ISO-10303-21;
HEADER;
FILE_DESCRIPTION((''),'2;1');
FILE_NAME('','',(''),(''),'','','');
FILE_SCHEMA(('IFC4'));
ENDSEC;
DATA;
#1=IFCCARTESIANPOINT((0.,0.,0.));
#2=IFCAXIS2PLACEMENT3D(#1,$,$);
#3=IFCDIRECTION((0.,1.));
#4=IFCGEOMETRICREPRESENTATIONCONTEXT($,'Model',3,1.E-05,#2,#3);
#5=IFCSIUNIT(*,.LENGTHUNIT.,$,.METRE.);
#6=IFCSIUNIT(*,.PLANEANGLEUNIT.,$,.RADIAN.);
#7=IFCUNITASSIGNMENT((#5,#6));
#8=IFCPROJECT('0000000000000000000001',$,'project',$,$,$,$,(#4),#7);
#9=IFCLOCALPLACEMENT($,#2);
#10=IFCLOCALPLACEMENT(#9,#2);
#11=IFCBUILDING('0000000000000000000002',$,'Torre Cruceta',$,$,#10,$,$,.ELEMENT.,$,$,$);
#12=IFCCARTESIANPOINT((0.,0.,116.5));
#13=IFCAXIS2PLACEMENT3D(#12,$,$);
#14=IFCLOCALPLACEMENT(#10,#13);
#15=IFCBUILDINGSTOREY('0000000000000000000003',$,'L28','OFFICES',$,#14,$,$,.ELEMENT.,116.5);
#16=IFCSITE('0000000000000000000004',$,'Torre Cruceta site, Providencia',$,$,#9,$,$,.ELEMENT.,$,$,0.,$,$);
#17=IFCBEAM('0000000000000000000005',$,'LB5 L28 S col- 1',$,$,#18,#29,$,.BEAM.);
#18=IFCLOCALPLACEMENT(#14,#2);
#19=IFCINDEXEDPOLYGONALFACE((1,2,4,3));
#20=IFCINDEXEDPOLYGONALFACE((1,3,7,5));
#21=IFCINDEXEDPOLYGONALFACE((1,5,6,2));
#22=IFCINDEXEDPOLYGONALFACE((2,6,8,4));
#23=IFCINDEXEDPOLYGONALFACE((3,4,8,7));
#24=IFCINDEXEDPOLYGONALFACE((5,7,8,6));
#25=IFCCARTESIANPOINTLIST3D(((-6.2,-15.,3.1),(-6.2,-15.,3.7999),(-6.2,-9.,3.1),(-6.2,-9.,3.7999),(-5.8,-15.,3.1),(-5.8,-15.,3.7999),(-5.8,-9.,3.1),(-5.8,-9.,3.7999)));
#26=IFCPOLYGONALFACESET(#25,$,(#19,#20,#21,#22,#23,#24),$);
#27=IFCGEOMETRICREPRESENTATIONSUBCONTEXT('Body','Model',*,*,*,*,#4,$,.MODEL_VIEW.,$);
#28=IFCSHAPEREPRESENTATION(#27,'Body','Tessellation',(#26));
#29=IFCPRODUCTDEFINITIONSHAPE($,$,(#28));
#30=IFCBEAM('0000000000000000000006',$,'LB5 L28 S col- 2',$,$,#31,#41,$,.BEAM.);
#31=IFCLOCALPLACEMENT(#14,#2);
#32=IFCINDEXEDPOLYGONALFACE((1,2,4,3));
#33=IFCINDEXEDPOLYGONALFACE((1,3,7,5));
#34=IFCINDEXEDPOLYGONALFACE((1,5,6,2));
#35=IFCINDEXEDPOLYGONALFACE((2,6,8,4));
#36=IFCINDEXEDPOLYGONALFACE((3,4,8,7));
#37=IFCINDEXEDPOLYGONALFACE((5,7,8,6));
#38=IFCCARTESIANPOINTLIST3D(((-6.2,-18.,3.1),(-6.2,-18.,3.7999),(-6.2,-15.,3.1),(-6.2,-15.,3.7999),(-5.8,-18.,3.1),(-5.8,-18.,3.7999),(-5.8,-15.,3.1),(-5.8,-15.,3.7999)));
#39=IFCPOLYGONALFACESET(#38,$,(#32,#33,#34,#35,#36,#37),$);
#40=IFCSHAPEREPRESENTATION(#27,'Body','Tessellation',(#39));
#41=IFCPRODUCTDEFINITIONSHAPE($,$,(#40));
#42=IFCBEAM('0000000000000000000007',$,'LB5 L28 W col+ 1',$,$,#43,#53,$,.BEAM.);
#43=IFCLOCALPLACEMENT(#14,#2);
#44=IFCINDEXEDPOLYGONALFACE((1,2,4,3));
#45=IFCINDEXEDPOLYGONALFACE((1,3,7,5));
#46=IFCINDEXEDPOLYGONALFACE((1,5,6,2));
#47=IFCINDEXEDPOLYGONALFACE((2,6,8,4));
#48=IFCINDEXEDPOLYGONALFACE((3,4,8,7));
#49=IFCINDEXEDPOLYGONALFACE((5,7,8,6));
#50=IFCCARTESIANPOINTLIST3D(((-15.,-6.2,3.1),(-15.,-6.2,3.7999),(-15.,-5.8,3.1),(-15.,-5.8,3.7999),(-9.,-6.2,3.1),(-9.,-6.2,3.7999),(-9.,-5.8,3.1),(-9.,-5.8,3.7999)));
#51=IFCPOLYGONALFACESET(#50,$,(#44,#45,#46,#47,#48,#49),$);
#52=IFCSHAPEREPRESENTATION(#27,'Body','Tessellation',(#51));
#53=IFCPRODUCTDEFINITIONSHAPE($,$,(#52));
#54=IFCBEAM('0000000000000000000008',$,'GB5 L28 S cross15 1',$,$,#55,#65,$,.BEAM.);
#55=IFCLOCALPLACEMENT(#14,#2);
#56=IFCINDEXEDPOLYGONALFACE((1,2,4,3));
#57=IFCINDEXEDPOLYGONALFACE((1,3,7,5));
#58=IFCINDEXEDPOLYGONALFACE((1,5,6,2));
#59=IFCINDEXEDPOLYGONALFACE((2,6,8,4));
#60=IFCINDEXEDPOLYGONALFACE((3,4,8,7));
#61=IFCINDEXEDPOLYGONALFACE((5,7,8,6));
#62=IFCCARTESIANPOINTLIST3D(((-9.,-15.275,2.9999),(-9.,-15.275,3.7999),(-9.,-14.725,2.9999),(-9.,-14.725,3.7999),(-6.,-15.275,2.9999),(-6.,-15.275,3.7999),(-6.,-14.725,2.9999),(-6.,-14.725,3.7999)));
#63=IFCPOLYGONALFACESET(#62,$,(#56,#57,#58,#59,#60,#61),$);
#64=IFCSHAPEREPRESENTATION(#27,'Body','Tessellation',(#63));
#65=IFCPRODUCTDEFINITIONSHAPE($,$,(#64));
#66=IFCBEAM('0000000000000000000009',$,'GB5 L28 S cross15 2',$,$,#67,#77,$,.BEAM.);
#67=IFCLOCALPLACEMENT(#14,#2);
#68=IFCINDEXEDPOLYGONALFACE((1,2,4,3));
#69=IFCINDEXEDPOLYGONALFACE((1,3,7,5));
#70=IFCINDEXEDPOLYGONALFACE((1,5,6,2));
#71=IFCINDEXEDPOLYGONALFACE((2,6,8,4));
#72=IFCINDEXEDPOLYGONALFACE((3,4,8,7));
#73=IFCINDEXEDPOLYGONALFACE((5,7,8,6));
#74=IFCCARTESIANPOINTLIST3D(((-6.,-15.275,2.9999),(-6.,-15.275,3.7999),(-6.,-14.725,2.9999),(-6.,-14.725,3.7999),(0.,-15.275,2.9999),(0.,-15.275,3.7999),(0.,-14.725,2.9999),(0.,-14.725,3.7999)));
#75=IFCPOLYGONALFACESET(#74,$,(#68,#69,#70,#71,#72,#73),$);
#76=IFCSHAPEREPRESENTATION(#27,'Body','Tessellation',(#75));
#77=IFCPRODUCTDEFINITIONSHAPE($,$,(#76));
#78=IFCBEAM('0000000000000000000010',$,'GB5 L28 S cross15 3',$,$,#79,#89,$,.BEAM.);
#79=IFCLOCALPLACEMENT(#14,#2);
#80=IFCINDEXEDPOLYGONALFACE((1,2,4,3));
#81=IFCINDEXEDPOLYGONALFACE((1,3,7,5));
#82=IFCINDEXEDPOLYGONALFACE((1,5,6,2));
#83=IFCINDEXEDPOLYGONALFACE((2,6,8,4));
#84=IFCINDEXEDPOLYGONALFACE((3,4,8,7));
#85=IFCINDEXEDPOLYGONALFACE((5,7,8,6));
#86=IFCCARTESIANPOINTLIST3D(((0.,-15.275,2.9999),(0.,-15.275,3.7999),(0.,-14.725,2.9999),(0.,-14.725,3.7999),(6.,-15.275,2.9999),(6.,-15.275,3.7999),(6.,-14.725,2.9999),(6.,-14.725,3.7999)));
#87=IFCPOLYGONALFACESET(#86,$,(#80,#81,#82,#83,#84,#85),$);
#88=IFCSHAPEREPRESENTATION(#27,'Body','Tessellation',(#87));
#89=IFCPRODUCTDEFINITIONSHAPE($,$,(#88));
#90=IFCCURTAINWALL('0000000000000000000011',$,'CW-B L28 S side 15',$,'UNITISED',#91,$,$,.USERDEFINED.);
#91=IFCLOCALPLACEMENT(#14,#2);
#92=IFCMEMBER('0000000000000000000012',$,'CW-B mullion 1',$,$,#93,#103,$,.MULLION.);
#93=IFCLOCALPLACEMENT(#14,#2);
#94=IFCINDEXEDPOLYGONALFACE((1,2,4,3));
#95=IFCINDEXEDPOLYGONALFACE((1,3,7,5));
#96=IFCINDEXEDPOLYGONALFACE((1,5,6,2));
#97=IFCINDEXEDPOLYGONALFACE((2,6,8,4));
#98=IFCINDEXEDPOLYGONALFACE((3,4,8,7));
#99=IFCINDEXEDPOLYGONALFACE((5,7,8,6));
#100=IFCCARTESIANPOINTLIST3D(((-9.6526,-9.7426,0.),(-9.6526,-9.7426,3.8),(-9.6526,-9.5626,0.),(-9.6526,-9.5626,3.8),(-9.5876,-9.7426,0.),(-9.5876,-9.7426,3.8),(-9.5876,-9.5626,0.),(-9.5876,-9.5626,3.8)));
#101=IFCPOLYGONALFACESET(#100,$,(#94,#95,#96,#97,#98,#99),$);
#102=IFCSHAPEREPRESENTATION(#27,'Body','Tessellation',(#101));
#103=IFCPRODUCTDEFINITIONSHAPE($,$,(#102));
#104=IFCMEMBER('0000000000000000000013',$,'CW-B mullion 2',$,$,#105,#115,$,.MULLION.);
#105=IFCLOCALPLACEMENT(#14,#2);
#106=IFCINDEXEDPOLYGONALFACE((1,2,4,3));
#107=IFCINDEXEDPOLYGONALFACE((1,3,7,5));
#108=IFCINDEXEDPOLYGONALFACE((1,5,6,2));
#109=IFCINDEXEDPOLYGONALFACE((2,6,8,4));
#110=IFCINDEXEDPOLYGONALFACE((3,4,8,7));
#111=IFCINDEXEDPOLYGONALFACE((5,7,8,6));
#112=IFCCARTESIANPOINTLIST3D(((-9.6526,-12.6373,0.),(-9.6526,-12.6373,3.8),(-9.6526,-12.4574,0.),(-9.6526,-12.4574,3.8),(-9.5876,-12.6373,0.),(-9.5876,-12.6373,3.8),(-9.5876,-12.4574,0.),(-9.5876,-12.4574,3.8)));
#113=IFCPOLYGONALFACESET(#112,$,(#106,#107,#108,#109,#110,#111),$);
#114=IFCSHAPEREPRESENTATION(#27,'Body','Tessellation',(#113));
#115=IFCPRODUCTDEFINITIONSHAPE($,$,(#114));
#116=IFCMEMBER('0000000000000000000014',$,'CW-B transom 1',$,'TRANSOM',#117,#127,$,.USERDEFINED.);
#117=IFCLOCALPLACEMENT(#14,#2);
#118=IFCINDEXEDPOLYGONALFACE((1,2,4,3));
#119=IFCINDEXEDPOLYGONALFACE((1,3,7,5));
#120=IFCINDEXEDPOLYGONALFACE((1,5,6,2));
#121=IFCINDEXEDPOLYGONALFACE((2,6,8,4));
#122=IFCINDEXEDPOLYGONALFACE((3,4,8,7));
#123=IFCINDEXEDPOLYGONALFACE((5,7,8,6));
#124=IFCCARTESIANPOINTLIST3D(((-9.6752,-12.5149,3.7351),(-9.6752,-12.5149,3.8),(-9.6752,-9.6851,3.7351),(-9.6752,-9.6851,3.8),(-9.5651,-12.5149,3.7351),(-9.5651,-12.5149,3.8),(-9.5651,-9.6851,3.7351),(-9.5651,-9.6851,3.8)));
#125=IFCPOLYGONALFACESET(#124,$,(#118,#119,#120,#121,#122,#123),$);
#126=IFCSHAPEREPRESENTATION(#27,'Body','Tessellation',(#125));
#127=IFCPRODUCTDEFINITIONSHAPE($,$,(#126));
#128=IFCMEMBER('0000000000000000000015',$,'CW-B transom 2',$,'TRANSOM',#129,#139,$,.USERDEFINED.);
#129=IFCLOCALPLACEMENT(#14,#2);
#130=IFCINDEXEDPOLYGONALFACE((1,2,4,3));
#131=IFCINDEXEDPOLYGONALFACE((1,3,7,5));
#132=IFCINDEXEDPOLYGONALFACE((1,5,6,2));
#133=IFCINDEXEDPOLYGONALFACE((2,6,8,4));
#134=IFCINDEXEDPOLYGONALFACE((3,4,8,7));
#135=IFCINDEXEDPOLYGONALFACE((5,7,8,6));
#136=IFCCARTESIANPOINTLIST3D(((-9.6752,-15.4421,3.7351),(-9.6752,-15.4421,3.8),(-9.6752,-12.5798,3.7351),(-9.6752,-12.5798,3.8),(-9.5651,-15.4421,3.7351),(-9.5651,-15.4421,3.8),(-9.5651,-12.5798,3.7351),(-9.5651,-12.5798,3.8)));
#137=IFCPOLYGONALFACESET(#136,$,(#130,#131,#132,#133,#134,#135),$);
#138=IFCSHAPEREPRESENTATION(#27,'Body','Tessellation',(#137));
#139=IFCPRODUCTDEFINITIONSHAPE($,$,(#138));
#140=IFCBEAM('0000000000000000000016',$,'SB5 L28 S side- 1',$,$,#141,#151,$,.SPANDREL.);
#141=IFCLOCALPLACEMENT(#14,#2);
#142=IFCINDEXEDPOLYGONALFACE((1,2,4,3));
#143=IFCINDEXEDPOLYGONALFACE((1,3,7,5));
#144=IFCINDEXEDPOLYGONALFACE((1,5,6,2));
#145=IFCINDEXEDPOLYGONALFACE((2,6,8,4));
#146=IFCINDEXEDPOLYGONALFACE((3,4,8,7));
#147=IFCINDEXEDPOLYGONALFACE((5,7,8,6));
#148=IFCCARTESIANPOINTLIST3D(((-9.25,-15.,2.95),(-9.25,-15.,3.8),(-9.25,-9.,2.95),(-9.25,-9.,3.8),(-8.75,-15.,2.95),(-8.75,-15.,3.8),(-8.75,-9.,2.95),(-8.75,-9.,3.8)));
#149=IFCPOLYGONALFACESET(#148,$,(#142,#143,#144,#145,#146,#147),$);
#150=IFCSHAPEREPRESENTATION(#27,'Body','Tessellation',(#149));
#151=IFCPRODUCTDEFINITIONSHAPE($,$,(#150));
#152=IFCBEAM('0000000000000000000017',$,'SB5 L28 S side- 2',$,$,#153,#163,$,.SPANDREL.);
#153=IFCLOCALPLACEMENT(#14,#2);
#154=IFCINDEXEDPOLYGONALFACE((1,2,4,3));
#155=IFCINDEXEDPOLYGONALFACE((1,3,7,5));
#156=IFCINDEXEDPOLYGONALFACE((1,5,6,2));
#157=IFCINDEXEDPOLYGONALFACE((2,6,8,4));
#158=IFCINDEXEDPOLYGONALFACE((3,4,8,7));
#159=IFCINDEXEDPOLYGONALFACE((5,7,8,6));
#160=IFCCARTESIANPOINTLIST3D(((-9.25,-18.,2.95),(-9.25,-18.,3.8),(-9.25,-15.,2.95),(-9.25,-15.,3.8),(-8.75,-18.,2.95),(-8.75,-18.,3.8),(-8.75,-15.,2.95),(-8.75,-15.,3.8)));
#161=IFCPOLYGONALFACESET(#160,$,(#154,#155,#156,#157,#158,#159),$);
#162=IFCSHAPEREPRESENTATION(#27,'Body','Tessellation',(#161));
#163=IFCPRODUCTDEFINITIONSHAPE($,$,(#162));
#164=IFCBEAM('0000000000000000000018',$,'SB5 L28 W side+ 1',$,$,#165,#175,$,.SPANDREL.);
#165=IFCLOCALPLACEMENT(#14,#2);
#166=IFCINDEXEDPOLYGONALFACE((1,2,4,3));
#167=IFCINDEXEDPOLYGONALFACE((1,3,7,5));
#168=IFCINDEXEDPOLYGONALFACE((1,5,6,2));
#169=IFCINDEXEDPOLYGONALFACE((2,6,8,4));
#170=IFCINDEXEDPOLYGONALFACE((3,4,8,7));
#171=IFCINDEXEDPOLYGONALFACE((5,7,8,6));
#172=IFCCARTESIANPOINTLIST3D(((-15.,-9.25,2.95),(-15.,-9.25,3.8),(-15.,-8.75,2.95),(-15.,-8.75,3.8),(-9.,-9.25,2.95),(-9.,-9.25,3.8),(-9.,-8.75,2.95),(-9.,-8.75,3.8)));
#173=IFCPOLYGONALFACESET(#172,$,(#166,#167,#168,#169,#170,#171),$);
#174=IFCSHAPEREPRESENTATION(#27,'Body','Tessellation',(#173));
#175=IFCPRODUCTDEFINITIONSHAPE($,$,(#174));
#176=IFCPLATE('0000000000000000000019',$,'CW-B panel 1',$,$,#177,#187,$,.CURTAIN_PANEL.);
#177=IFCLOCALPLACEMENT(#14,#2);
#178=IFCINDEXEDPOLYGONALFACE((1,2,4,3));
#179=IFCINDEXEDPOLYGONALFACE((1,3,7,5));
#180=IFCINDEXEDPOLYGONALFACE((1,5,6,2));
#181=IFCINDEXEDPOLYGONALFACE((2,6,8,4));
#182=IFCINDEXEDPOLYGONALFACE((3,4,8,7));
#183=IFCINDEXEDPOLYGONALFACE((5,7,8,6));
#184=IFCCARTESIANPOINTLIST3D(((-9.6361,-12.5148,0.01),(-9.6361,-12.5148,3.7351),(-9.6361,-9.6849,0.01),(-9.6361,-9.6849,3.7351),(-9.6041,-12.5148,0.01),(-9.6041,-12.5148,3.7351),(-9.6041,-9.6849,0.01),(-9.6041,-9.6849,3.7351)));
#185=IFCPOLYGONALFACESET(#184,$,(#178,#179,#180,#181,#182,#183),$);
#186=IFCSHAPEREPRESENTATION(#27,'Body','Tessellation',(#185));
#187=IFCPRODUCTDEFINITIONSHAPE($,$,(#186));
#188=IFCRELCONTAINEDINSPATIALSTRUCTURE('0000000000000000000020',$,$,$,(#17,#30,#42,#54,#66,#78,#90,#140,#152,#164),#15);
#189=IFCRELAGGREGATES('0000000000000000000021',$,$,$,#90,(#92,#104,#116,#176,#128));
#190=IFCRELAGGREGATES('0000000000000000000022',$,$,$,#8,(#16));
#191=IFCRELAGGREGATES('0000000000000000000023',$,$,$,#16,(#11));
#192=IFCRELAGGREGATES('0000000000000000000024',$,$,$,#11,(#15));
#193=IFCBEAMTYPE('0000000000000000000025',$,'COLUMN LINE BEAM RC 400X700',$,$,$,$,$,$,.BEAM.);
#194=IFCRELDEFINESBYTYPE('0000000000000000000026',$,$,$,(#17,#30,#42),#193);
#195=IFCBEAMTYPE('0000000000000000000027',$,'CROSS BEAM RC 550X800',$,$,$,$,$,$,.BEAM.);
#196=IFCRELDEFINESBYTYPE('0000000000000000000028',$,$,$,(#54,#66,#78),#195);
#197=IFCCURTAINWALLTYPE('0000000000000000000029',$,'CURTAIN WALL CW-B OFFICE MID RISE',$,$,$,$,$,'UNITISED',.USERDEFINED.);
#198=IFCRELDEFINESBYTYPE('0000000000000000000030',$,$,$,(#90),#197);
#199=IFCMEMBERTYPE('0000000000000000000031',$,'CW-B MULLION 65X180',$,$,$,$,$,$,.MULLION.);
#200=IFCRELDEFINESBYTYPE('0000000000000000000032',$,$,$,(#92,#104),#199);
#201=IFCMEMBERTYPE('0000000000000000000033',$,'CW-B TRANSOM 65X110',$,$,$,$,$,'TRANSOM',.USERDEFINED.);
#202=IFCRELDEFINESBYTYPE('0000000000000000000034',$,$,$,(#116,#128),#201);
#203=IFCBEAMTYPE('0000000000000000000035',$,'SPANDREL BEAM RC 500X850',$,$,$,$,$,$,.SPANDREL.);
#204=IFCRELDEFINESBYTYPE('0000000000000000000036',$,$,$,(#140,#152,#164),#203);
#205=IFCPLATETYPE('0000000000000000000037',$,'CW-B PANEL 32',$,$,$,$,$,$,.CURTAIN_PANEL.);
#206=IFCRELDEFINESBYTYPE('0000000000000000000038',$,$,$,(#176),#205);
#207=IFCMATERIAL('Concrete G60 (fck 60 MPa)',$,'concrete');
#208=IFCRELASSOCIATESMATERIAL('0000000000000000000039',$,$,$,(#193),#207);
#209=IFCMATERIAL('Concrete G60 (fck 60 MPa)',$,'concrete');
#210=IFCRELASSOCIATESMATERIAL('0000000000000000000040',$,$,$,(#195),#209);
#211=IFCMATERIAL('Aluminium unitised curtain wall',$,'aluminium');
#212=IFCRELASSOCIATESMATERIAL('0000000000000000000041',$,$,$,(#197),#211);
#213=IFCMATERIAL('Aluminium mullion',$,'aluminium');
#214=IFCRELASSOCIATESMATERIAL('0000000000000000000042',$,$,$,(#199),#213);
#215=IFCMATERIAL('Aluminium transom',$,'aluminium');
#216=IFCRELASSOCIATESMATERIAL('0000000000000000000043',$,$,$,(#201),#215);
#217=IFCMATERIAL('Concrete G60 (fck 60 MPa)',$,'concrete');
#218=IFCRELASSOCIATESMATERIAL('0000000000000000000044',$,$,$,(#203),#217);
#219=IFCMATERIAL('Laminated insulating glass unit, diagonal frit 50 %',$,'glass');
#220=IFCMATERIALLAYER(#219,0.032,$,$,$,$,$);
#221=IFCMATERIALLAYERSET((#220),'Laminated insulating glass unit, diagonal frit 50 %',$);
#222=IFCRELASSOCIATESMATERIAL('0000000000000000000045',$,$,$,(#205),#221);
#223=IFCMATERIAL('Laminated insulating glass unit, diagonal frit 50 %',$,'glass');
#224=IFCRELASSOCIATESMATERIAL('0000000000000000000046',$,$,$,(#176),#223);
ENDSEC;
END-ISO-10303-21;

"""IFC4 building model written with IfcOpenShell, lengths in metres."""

from ifc_helpers import new_model, si_unit, direction, frame, origin, origin_2d, place, context, subcontext, project, spatial, rectangle, extrude, material, layer, layer_set, material_profile, profile_set, type_object, element, aggregate, save


model = new_model("IFC4")

# Units and contexts
model_context = context("Model", 3, precision=1e-05, world=origin(), true_north=direction((0.0, 1.0)))
body_context = subcontext(model_context, "Body", "Model", "MODEL_VIEW")
ifc_project = project(units=[si_unit("LENGTHUNIT", "METRE"), si_unit("PLANEANGLEUNIT", "RADIAN")], contexts=[model_context])

# Site, building, storey
site_placement = place(None, origin())
site = spatial("IfcSite", under=ifc_project, at=site_placement, Name="Torre Cruceta site, Providencia", CompositionType="ELEMENT", RefElevation=0.0)
building_placement = place(site_placement, origin())
building = spatial("IfcBuilding", under=site, at=building_placement, Name="Torre Cruceta", CompositionType="ELEMENT")
storey_placement = place(building_placement, frame((0.0, 0.0, 116.5)))
storey = spatial("IfcBuildingStorey", under=building, at=storey_placement, Name="L28", Description="OFFICES", CompositionType="ELEMENT", Elevation=116.5)

# Beams
ifc_material_1 = material(Name="Concrete G60 (fck 60 MPa)", Category="concrete")
ifc_material_profile_1 = material_profile(ifc_material_1, rectangle(XDim=0.3999, YDim=0.7, at=origin_2d()), Name="RC 400X700")
ifc_profile_set_1 = profile_set([ifc_material_profile_1], Name="Concrete G60 (fck 60 MPa)")
beam_type_1 = type_object("IfcBeamType", Name="COLUMN LINE BEAM RC 400X700", PredefinedType="BEAM", material=ifc_profile_set_1)
beam_1_placement = place(storey_placement, frame((-6.0, -9.0, 3.45), z_axis=(0.0, -1.0, 0.0), x_axis=(1.0, 0.0, 0.0)))
element("IfcBeam", 1, at=beam_1_placement, inside=storey, type_object=beam_type_1, Name="LB5 L28 S col- 1", PredefinedType="BEAM", context=body_context, shape_type="SweptSolid", body=[
    extrude(rectangle(XDim=0.3999, YDim=0.7, at=origin_2d()), origin(), (0.0, 0.0, 1.0), 6.0),
])
beam_2_placement = place(storey_placement, frame((-6.0, -15.0, 3.45), z_axis=(0.0, -1.0, 0.0), x_axis=(1.0, 0.0, 0.0)))
element("IfcBeam", 2, at=beam_2_placement, inside=storey, type_object=beam_type_1, Name="LB5 L28 S col- 2", PredefinedType="BEAM", context=body_context, shape_type="SweptSolid", body=[
    extrude(rectangle(XDim=0.3999, YDim=0.7, at=origin_2d()), origin(), (0.0, 0.0, 1.0), 3.0),
])
beam_3_placement = place(storey_placement, frame((-9.0, -6.0, 3.45), z_axis=(-1.0, 0.0, 0.0), x_axis=(0.0, -1.0, 0.0)))
element("IfcBeam", 3, at=beam_3_placement, inside=storey, type_object=beam_type_1, Name="LB5 L28 W col+ 1", PredefinedType="BEAM", context=body_context, shape_type="SweptSolid", body=[
    extrude(rectangle(XDim=0.3999, YDim=0.7, at=origin_2d()), origin(), (0.0, 0.0, 1.0), 6.0),
])
ifc_material_2 = material(Name="Concrete G60 (fck 60 MPa)", Category="concrete")
ifc_material_profile_2 = material_profile(ifc_material_2, rectangle(XDim=0.55, YDim=0.8, at=origin_2d()), Name="RC 550X800")
ifc_profile_set_2 = profile_set([ifc_material_profile_2], Name="Concrete G60 (fck 60 MPa)")
beam_type_2 = type_object("IfcBeamType", Name="CROSS BEAM RC 550X800", PredefinedType="BEAM", material=ifc_profile_set_2)
beam_4_placement = place(storey_placement, frame((-9.0, -15.0, 3.3999), z_axis=(1.0, 0.0, 0.0), x_axis=(0.0, 1.0, 0.0)))
element("IfcBeam", 4, at=beam_4_placement, inside=storey, type_object=beam_type_2, Name="GB5 L28 S cross15 1", PredefinedType="BEAM", context=body_context, shape_type="SweptSolid", body=[
    extrude(rectangle(XDim=0.55, YDim=0.8, at=origin_2d()), origin(), (0.0, 0.0, 1.0), 3.0),
])
for number, where, z_axis, x_axis, name in (
    (5, (-6.0, -15.0, 3.3999), (1.0, 0.0, 0.0), (0.0, 1.0, 0.0), "GB5 L28 S cross15 2"),
    (6, (0.0, -15.0, 3.3999), (1.0, 0.0, 0.0), (0.0, 1.0, 0.0), "GB5 L28 S cross15 3"),
):
    element("IfcBeam", number, at=place(storey_placement, frame(where, z_axis=z_axis, x_axis=x_axis)), inside=storey, type_object=beam_type_2, Name=name, PredefinedType="BEAM", context=body_context, shape_type="SweptSolid", body=[
        extrude(rectangle(XDim=0.55, YDim=0.8, at=origin_2d()), origin(), (0.0, 0.0, 1.0), 6.0),
    ])

# Curtain wall, members
ifc_material_3 = material(Name="Aluminium unitised curtain wall", Category="aluminium")
curtain_wall_type = type_object("IfcCurtainWallType", Name="CURTAIN WALL CW-B OFFICE MID RISE", ElementType="UNITISED", PredefinedType="USERDEFINED", material=ifc_material_3)
curtain_wall_placement = place(storey_placement, origin())
curtain_wall = element("IfcCurtainWall", 7, at=curtain_wall_placement, inside=storey, type_object=curtain_wall_type, Name="CW-B L28 S side 15", ObjectType="UNITISED", PredefinedType="USERDEFINED")
ifc_material_4 = material(Name="Aluminium mullion", Category="aluminium")
ifc_material_profile_3 = material_profile(ifc_material_4, rectangle(XDim=0.0649, YDim=0.1799, at=origin_2d()), Name="AL 65X180")
ifc_profile_set_3 = profile_set([ifc_material_profile_3], Name="Aluminium mullion")
member_type_1 = type_object("IfcMemberType", Name="CW-B MULLION 65X180", PredefinedType="MULLION", material=ifc_profile_set_3)
member_1_placement = place(storey_placement, frame((-9.6201, -9.6526, 0.0), z_axis=(0.0, 0.0, 1.0), x_axis=(1.0, 0.0, 0.0)))
member_1 = element("IfcMember", 8, at=member_1_placement, type_object=member_type_1, Name="CW-B mullion 1", PredefinedType="MULLION", context=body_context, shape_type="SweptSolid", body=[
    extrude(rectangle(XDim=0.0649, YDim=0.1799, at=origin_2d()), origin(), (0.0, 0.0, 1.0), 3.8),
])
member_2_placement = place(storey_placement, frame((-9.6201, -12.5474, 0.0), z_axis=(0.0, 0.0, 1.0), x_axis=(1.0, 0.0, 0.0)))
member_2 = element("IfcMember", 9, at=member_2_placement, type_object=member_type_1, Name="CW-B mullion 2", PredefinedType="MULLION", context=body_context, shape_type="SweptSolid", body=[
    extrude(rectangle(XDim=0.0649, YDim=0.1799, at=origin_2d()), origin(), (0.0, 0.0, 1.0), 3.8),
])
ifc_material_5 = material(Name="Aluminium transom", Category="aluminium")
ifc_material_profile_4 = material_profile(ifc_material_5, rectangle(XDim=0.1101, YDim=0.0649, at=origin_2d()), Name="AL 110X65")
ifc_profile_set_4 = profile_set([ifc_material_profile_4], Name="Aluminium transom")
member_type_2 = type_object("IfcMemberType", Name="CW-B TRANSOM 65X110", ElementType="TRANSOM", PredefinedType="USERDEFINED", material=ifc_profile_set_4)
member_3_placement = place(storey_placement, frame((-9.6201, -9.6851, 3.7676), z_axis=(0.0, -1.0, 0.0), x_axis=(1.0, 0.0, 0.0)))
member_3 = element("IfcMember", 10, at=member_3_placement, type_object=member_type_2, Name="CW-B transom 1", ObjectType="TRANSOM", PredefinedType="USERDEFINED", context=body_context, shape_type="SweptSolid", body=[
    extrude(rectangle(XDim=0.1101, YDim=0.0649, at=origin_2d()), origin(), (0.0, 0.0, 1.0), 2.8298),
])
member_4_placement = place(storey_placement, frame((-9.6201, -12.5798, 3.7676), z_axis=(0.0, -1.0, 0.0), x_axis=(1.0, 0.0, 0.0)))
member_4 = element("IfcMember", 11, at=member_4_placement, type_object=member_type_2, Name="CW-B transom 2", ObjectType="TRANSOM", PredefinedType="USERDEFINED", context=body_context, shape_type="SweptSolid", body=[
    extrude(rectangle(XDim=0.1101, YDim=0.0649, at=origin_2d()), origin(), (0.0, 0.0, 1.0), 2.8623),
])

# Beams
ifc_material_6 = material(Name="Concrete G60 (fck 60 MPa)", Category="concrete")
ifc_material_profile_5 = material_profile(ifc_material_6, rectangle(XDim=0.5, YDim=0.8501, at=origin_2d()), Name="RC 500X850")
ifc_profile_set_5 = profile_set([ifc_material_profile_5], Name="Concrete G60 (fck 60 MPa)")
beam_type_3 = type_object("IfcBeamType", Name="SPANDREL BEAM RC 500X850", PredefinedType="SPANDREL", material=ifc_profile_set_5)
beam_5_placement = place(storey_placement, frame((-9.0, -9.0, 3.375), z_axis=(0.0, -1.0, 0.0), x_axis=(1.0, 0.0, 0.0)))
element("IfcBeam", 12, at=beam_5_placement, inside=storey, type_object=beam_type_3, Name="SB5 L28 S side- 1", PredefinedType="SPANDREL", context=body_context, shape_type="SweptSolid", body=[
    extrude(rectangle(XDim=0.5, YDim=0.8501, at=origin_2d()), origin(), (0.0, 0.0, 1.0), 6.0),
])
beam_6_placement = place(storey_placement, frame((-9.0, -15.0, 3.375), z_axis=(0.0, -1.0, 0.0), x_axis=(1.0, 0.0, 0.0)))
element("IfcBeam", 13, at=beam_6_placement, inside=storey, type_object=beam_type_3, Name="SB5 L28 S side- 2", PredefinedType="SPANDREL", context=body_context, shape_type="SweptSolid", body=[
    extrude(rectangle(XDim=0.5, YDim=0.8501, at=origin_2d()), origin(), (0.0, 0.0, 1.0), 3.0),
])
beam_7_placement = place(storey_placement, frame((-9.0, -9.0, 3.375), z_axis=(-1.0, 0.0, 0.0), x_axis=(0.0, -1.0, 0.0)))
element("IfcBeam", 14, at=beam_7_placement, inside=storey, type_object=beam_type_3, Name="SB5 L28 W side+ 1", PredefinedType="SPANDREL", context=body_context, shape_type="SweptSolid", body=[
    extrude(rectangle(XDim=0.5, YDim=0.8501, at=origin_2d()), origin(), (0.0, 0.0, 1.0), 6.0),
])

# Plate
ifc_material_7 = material(Name="Laminated insulating glass unit, diagonal frit 50 %", Category="glass")
ifc_material_8 = material(Name="Laminated insulating glass unit, diagonal frit 50 %", Category="glass")
ifc_layer_1 = layer(ifc_material_8, 0.032)
ifc_layer_set_1 = layer_set([ifc_layer_1], Name="Laminated insulating glass unit, diagonal frit 50 %")
plate_type = type_object("IfcPlateType", Name="CW-B PANEL 32", PredefinedType="CURTAIN_PANEL", material=ifc_layer_set_1)
plate_placement = place(storey_placement, frame((-9.6201, -11.0999, 0.01), z_axis=(0.0, 0.0, 1.0), x_axis=(0.0, -1.0, 0.0)))
plate = element("IfcPlate", 15, at=plate_placement, type_object=plate_type, material=ifc_material_7, Name="CW-B panel 1", PredefinedType="CURTAIN_PANEL", context=body_context, shape_type="SweptSolid", body=[
    extrude(rectangle(XDim=2.8298, YDim=0.032, at=origin_2d()), origin(), (0.0, 0.0, 1.0), 3.7251),
])
aggregate(curtain_wall, [member_1, member_2, member_3, plate, member_4])

save(model, "model.ifc")
